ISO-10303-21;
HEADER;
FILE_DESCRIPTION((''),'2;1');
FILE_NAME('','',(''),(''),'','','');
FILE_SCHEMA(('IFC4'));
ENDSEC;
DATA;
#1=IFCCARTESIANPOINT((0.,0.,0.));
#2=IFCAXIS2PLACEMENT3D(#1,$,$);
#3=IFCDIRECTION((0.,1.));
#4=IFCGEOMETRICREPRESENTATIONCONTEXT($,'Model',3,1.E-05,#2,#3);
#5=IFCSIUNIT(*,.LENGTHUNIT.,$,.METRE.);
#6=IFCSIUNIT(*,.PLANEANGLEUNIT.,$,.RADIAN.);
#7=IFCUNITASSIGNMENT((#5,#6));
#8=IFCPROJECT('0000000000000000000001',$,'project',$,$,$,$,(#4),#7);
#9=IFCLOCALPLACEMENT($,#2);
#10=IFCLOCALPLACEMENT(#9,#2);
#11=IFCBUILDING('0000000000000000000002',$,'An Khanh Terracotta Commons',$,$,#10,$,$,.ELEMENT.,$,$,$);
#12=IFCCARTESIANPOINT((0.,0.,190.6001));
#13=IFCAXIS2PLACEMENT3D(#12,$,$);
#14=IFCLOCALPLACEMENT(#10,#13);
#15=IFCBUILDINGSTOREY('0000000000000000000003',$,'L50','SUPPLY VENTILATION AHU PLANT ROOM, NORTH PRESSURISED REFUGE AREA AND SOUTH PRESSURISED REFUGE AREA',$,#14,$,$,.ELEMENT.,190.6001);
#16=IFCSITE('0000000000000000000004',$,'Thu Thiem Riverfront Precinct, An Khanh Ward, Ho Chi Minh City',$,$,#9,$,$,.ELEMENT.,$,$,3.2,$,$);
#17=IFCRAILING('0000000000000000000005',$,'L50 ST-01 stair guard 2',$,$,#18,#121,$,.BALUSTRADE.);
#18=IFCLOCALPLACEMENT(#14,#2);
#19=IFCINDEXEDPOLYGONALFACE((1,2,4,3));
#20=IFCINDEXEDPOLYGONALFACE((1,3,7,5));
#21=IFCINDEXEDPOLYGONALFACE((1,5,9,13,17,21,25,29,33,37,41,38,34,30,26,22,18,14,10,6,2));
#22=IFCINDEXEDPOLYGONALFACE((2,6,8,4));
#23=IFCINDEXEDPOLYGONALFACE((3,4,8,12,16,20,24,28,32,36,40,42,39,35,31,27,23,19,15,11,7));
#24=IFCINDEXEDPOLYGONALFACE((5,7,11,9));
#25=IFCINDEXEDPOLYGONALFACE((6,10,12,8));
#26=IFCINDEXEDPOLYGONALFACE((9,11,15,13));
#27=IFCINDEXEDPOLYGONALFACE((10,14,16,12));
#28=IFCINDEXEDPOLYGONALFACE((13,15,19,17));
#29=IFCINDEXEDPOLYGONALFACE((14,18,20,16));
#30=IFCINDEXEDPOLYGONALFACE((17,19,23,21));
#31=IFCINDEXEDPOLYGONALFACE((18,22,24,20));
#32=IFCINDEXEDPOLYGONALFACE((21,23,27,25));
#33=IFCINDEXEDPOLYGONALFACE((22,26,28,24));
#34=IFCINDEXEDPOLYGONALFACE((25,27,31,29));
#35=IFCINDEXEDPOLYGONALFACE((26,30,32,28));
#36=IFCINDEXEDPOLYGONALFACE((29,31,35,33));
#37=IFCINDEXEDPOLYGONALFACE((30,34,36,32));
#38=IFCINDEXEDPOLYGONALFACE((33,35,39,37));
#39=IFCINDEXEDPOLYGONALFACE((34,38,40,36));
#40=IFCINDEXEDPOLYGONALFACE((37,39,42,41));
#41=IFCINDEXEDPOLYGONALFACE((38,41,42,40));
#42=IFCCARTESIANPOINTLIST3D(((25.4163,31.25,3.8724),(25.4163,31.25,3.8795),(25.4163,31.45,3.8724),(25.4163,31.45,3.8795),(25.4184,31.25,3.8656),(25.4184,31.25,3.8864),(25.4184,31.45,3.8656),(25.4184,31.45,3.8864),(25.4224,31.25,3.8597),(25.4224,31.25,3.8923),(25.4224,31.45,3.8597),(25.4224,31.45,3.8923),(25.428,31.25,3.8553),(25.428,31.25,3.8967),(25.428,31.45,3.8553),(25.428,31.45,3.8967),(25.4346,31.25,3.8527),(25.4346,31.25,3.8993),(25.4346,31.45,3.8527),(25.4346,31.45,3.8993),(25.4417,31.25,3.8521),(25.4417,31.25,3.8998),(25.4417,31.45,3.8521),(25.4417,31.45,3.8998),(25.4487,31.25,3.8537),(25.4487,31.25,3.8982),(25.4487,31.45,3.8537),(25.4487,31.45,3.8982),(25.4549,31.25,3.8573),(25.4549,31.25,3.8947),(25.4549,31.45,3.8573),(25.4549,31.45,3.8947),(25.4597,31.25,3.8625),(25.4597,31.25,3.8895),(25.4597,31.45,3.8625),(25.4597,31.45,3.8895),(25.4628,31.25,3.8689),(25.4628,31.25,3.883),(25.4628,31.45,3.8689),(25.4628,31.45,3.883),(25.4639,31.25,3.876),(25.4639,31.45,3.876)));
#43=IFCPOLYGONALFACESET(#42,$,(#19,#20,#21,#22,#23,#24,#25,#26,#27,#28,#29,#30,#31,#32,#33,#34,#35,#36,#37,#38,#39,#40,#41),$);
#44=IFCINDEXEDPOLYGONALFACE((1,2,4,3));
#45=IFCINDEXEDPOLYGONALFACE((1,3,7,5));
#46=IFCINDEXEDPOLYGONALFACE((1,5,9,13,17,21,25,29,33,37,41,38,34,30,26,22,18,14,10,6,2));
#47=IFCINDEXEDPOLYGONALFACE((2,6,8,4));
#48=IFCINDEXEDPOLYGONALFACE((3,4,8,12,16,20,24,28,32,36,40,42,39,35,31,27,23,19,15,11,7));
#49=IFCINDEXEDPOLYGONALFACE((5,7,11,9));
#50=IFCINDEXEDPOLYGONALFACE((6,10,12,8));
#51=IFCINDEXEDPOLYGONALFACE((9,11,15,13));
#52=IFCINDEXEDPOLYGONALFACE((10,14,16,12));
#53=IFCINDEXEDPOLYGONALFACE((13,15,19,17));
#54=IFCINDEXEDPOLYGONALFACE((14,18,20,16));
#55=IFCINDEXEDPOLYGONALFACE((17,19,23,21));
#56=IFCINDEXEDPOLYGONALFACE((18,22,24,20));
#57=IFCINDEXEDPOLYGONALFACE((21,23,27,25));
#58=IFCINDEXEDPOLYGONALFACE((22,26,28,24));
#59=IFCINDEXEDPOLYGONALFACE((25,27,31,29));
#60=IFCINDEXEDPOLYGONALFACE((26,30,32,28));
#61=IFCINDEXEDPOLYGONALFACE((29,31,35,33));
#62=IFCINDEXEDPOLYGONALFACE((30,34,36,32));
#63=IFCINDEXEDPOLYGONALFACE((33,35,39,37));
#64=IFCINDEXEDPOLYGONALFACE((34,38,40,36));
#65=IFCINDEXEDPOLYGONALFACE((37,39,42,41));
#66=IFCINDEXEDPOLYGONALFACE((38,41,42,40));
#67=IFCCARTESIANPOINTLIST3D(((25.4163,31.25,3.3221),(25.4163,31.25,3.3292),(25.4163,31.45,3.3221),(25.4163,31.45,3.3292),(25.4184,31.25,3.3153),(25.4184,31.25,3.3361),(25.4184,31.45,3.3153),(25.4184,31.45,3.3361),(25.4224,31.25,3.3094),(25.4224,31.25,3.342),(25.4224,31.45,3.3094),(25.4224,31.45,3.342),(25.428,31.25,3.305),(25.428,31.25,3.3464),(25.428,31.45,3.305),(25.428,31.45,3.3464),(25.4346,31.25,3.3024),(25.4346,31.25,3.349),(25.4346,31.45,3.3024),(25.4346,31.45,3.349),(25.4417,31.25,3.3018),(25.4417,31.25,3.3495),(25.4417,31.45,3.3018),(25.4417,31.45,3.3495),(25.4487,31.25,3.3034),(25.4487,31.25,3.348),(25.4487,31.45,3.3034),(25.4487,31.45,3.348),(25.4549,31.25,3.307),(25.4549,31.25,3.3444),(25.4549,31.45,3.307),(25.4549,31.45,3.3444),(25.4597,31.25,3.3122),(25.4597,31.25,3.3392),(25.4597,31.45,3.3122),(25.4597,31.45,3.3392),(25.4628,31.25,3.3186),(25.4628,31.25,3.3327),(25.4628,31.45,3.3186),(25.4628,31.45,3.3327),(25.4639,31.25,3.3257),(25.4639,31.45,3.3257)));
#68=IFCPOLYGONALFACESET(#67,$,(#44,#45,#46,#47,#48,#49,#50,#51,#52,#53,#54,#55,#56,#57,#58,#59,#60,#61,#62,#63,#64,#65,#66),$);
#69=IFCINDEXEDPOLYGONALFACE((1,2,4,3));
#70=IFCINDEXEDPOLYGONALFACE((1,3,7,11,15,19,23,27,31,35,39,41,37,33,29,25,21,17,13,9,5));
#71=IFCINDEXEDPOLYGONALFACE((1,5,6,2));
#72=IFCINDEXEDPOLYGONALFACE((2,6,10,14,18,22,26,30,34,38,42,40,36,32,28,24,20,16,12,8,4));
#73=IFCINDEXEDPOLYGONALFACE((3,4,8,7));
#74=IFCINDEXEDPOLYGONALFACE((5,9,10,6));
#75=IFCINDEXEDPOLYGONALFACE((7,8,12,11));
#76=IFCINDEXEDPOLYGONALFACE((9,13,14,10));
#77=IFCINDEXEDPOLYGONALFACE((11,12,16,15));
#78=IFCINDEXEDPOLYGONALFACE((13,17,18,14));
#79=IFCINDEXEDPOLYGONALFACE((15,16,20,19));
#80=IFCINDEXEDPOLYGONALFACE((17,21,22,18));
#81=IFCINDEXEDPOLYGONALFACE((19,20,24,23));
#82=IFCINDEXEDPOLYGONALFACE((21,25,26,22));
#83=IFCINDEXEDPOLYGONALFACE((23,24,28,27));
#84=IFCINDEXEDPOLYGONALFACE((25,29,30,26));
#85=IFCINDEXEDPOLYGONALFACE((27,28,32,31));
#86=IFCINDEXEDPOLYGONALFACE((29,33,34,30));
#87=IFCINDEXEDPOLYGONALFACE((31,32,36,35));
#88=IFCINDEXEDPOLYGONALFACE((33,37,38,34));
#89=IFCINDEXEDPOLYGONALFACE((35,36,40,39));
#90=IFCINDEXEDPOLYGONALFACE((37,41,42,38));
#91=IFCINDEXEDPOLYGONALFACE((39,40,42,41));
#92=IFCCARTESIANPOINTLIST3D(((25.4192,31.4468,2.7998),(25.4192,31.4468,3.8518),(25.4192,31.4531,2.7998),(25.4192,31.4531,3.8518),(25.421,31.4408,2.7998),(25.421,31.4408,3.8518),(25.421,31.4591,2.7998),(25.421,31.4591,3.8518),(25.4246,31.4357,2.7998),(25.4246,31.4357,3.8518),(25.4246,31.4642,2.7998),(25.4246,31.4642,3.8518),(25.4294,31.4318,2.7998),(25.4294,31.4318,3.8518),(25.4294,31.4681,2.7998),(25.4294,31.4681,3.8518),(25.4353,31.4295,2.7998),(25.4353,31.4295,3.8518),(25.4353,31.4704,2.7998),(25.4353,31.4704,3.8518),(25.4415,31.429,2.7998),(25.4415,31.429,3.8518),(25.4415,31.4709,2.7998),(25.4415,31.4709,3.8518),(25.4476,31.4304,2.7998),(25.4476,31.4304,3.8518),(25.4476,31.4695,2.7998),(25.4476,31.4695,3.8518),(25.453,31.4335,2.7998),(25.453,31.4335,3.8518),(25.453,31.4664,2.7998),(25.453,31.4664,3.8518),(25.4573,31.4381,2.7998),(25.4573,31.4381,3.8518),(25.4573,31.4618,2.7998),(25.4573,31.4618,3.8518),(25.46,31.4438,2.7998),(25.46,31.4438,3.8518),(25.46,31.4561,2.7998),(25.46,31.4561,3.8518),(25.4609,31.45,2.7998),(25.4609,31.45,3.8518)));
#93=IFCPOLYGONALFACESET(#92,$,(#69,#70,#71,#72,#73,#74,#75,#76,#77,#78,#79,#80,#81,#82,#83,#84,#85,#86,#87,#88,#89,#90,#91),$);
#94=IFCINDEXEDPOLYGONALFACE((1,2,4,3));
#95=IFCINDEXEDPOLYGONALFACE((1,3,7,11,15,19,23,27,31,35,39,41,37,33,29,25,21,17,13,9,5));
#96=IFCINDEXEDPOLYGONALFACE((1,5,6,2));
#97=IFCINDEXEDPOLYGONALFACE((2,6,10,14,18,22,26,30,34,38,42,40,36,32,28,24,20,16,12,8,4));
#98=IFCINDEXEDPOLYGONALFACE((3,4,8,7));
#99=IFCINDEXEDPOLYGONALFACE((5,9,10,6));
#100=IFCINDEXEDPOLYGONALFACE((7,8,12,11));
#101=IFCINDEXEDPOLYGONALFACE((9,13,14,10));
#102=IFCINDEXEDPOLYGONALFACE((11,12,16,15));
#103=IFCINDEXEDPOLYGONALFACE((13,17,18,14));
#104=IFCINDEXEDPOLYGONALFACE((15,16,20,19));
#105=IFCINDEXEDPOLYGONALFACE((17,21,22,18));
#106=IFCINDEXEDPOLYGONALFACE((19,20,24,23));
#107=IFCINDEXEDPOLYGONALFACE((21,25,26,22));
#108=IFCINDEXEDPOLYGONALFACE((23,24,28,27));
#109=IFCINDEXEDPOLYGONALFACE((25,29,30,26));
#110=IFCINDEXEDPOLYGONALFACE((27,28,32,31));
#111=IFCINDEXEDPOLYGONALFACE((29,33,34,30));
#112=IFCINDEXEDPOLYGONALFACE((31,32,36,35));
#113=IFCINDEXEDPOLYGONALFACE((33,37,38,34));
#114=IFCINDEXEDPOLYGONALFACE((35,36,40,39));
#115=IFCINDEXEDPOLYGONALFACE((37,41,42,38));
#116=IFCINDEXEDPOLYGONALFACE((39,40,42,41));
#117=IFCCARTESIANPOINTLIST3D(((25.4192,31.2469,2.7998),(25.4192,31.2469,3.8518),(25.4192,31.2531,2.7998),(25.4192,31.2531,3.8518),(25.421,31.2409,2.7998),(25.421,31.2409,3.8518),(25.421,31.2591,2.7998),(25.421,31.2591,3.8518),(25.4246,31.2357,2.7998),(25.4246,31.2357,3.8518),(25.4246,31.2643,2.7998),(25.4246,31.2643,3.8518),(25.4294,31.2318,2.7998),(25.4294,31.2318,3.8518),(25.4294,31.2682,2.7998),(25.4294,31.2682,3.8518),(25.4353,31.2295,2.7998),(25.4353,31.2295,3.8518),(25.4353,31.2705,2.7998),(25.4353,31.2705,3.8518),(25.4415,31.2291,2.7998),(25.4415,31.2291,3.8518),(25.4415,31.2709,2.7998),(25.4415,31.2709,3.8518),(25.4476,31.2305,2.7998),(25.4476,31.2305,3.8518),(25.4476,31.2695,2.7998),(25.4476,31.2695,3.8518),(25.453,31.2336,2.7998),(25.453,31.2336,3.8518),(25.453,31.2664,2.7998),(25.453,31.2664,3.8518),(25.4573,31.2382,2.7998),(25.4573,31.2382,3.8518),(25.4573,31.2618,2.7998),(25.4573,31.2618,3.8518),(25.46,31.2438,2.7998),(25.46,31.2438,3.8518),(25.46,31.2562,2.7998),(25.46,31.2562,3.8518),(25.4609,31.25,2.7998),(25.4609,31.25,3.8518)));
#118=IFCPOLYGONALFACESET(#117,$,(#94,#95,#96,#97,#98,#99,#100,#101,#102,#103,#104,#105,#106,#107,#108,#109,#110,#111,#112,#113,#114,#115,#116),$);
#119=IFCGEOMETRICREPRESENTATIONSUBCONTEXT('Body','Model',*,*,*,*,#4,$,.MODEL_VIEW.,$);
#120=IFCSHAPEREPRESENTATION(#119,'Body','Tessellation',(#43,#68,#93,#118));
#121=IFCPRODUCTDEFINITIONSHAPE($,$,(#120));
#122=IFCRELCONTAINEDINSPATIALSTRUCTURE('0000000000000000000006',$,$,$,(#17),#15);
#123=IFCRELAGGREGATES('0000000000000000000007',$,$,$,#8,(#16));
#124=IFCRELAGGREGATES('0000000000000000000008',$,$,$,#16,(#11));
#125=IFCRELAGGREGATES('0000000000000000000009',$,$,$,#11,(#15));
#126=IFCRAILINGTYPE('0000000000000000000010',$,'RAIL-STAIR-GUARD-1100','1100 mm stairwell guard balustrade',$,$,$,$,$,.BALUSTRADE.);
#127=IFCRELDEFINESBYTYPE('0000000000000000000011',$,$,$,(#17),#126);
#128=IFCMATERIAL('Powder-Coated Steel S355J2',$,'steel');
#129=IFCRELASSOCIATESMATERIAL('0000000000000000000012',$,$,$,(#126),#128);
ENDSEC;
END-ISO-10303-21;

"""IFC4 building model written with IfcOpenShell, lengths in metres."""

from ifc_helpers import new_model, si_unit, direction, frame, origin, origin_2d, place, context, subcontext, project, spatial, circle, extrude, material, type_object, element, save


model = new_model("IFC4")

# Units and contexts
model_context = context("Model", 3, precision=1e-05, world=origin(), true_north=direction((0.0, 1.0)))
body_context = subcontext(model_context, "Body", "Model", "MODEL_VIEW")
ifc_project = project(units=[si_unit("LENGTHUNIT", "METRE"), si_unit("PLANEANGLEUNIT", "RADIAN")], contexts=[model_context])

# Site, building, storey
site_placement = place(None, origin())
site = spatial("IfcSite", under=ifc_project, at=site_placement, Name="Thu Thiem Riverfront Precinct, An Khanh Ward, Ho Chi Minh City", CompositionType="ELEMENT", RefElevation=3.2)
building_placement = place(site_placement, origin())
building = spatial("IfcBuilding", under=site, at=building_placement, Name="An Khanh Terracotta Commons", CompositionType="ELEMENT")
storey_placement = place(building_placement, frame((0.0, 0.0, 190.6001)))
storey = spatial("IfcBuildingStorey", under=building, at=storey_placement, Name="L50", Description="SUPPLY VENTILATION AHU PLANT ROOM, NORTH PRESSURISED REFUGE AREA AND SOUTH PRESSURISED REFUGE AREA", CompositionType="ELEMENT", Elevation=190.6001)

# Railing
ifc_material_1 = material(Name="Powder-Coated Steel S355J2", Category="steel")
railing_type_1 = type_object("IfcRailingType", Name="RAIL-STAIR-GUARD-1100", Description="1100 mm stairwell guard balustrade", PredefinedType="BALUSTRADE", material=ifc_material_1)
railing_1_placement = place(storey_placement, frame((25.4399, 31.45, 2.7998)))
element("IfcRailing", 1, at=railing_1_placement, inside=storey, type_object=railing_type_1, Name="L50 ST-01 stair guard 2", PredefinedType="BALUSTRADE", context=body_context, shape_type="SweptSolid", body=[
    extrude(circle(Radius=0.0239, at=origin_2d()), frame((0.0, 0.0, 1.0762), z_axis=(0.0, -1.0, 0.0), x_axis=(1.0, 0.0, 0.0)), (0.0, 0.0, 1.0), 0.2),
    extrude(circle(Radius=0.0239, at=origin_2d()), frame((0.0, 0.0, 0.5259), z_axis=(0.0, -1.0, 0.0), x_axis=(1.0, 0.0, 0.0)), (0.0, 0.0, 1.0), 0.2),
    extrude(circle(Radius=0.021, at=origin_2d()), origin(), (0.0, 0.0, 1.0), 1.052),
    extrude(circle(Radius=0.021, at=origin_2d()), frame((0.0, -0.2, 0.0)), (0.0, 0.0, 1.0), 1.052),
])

save(model, "model.ifc")
